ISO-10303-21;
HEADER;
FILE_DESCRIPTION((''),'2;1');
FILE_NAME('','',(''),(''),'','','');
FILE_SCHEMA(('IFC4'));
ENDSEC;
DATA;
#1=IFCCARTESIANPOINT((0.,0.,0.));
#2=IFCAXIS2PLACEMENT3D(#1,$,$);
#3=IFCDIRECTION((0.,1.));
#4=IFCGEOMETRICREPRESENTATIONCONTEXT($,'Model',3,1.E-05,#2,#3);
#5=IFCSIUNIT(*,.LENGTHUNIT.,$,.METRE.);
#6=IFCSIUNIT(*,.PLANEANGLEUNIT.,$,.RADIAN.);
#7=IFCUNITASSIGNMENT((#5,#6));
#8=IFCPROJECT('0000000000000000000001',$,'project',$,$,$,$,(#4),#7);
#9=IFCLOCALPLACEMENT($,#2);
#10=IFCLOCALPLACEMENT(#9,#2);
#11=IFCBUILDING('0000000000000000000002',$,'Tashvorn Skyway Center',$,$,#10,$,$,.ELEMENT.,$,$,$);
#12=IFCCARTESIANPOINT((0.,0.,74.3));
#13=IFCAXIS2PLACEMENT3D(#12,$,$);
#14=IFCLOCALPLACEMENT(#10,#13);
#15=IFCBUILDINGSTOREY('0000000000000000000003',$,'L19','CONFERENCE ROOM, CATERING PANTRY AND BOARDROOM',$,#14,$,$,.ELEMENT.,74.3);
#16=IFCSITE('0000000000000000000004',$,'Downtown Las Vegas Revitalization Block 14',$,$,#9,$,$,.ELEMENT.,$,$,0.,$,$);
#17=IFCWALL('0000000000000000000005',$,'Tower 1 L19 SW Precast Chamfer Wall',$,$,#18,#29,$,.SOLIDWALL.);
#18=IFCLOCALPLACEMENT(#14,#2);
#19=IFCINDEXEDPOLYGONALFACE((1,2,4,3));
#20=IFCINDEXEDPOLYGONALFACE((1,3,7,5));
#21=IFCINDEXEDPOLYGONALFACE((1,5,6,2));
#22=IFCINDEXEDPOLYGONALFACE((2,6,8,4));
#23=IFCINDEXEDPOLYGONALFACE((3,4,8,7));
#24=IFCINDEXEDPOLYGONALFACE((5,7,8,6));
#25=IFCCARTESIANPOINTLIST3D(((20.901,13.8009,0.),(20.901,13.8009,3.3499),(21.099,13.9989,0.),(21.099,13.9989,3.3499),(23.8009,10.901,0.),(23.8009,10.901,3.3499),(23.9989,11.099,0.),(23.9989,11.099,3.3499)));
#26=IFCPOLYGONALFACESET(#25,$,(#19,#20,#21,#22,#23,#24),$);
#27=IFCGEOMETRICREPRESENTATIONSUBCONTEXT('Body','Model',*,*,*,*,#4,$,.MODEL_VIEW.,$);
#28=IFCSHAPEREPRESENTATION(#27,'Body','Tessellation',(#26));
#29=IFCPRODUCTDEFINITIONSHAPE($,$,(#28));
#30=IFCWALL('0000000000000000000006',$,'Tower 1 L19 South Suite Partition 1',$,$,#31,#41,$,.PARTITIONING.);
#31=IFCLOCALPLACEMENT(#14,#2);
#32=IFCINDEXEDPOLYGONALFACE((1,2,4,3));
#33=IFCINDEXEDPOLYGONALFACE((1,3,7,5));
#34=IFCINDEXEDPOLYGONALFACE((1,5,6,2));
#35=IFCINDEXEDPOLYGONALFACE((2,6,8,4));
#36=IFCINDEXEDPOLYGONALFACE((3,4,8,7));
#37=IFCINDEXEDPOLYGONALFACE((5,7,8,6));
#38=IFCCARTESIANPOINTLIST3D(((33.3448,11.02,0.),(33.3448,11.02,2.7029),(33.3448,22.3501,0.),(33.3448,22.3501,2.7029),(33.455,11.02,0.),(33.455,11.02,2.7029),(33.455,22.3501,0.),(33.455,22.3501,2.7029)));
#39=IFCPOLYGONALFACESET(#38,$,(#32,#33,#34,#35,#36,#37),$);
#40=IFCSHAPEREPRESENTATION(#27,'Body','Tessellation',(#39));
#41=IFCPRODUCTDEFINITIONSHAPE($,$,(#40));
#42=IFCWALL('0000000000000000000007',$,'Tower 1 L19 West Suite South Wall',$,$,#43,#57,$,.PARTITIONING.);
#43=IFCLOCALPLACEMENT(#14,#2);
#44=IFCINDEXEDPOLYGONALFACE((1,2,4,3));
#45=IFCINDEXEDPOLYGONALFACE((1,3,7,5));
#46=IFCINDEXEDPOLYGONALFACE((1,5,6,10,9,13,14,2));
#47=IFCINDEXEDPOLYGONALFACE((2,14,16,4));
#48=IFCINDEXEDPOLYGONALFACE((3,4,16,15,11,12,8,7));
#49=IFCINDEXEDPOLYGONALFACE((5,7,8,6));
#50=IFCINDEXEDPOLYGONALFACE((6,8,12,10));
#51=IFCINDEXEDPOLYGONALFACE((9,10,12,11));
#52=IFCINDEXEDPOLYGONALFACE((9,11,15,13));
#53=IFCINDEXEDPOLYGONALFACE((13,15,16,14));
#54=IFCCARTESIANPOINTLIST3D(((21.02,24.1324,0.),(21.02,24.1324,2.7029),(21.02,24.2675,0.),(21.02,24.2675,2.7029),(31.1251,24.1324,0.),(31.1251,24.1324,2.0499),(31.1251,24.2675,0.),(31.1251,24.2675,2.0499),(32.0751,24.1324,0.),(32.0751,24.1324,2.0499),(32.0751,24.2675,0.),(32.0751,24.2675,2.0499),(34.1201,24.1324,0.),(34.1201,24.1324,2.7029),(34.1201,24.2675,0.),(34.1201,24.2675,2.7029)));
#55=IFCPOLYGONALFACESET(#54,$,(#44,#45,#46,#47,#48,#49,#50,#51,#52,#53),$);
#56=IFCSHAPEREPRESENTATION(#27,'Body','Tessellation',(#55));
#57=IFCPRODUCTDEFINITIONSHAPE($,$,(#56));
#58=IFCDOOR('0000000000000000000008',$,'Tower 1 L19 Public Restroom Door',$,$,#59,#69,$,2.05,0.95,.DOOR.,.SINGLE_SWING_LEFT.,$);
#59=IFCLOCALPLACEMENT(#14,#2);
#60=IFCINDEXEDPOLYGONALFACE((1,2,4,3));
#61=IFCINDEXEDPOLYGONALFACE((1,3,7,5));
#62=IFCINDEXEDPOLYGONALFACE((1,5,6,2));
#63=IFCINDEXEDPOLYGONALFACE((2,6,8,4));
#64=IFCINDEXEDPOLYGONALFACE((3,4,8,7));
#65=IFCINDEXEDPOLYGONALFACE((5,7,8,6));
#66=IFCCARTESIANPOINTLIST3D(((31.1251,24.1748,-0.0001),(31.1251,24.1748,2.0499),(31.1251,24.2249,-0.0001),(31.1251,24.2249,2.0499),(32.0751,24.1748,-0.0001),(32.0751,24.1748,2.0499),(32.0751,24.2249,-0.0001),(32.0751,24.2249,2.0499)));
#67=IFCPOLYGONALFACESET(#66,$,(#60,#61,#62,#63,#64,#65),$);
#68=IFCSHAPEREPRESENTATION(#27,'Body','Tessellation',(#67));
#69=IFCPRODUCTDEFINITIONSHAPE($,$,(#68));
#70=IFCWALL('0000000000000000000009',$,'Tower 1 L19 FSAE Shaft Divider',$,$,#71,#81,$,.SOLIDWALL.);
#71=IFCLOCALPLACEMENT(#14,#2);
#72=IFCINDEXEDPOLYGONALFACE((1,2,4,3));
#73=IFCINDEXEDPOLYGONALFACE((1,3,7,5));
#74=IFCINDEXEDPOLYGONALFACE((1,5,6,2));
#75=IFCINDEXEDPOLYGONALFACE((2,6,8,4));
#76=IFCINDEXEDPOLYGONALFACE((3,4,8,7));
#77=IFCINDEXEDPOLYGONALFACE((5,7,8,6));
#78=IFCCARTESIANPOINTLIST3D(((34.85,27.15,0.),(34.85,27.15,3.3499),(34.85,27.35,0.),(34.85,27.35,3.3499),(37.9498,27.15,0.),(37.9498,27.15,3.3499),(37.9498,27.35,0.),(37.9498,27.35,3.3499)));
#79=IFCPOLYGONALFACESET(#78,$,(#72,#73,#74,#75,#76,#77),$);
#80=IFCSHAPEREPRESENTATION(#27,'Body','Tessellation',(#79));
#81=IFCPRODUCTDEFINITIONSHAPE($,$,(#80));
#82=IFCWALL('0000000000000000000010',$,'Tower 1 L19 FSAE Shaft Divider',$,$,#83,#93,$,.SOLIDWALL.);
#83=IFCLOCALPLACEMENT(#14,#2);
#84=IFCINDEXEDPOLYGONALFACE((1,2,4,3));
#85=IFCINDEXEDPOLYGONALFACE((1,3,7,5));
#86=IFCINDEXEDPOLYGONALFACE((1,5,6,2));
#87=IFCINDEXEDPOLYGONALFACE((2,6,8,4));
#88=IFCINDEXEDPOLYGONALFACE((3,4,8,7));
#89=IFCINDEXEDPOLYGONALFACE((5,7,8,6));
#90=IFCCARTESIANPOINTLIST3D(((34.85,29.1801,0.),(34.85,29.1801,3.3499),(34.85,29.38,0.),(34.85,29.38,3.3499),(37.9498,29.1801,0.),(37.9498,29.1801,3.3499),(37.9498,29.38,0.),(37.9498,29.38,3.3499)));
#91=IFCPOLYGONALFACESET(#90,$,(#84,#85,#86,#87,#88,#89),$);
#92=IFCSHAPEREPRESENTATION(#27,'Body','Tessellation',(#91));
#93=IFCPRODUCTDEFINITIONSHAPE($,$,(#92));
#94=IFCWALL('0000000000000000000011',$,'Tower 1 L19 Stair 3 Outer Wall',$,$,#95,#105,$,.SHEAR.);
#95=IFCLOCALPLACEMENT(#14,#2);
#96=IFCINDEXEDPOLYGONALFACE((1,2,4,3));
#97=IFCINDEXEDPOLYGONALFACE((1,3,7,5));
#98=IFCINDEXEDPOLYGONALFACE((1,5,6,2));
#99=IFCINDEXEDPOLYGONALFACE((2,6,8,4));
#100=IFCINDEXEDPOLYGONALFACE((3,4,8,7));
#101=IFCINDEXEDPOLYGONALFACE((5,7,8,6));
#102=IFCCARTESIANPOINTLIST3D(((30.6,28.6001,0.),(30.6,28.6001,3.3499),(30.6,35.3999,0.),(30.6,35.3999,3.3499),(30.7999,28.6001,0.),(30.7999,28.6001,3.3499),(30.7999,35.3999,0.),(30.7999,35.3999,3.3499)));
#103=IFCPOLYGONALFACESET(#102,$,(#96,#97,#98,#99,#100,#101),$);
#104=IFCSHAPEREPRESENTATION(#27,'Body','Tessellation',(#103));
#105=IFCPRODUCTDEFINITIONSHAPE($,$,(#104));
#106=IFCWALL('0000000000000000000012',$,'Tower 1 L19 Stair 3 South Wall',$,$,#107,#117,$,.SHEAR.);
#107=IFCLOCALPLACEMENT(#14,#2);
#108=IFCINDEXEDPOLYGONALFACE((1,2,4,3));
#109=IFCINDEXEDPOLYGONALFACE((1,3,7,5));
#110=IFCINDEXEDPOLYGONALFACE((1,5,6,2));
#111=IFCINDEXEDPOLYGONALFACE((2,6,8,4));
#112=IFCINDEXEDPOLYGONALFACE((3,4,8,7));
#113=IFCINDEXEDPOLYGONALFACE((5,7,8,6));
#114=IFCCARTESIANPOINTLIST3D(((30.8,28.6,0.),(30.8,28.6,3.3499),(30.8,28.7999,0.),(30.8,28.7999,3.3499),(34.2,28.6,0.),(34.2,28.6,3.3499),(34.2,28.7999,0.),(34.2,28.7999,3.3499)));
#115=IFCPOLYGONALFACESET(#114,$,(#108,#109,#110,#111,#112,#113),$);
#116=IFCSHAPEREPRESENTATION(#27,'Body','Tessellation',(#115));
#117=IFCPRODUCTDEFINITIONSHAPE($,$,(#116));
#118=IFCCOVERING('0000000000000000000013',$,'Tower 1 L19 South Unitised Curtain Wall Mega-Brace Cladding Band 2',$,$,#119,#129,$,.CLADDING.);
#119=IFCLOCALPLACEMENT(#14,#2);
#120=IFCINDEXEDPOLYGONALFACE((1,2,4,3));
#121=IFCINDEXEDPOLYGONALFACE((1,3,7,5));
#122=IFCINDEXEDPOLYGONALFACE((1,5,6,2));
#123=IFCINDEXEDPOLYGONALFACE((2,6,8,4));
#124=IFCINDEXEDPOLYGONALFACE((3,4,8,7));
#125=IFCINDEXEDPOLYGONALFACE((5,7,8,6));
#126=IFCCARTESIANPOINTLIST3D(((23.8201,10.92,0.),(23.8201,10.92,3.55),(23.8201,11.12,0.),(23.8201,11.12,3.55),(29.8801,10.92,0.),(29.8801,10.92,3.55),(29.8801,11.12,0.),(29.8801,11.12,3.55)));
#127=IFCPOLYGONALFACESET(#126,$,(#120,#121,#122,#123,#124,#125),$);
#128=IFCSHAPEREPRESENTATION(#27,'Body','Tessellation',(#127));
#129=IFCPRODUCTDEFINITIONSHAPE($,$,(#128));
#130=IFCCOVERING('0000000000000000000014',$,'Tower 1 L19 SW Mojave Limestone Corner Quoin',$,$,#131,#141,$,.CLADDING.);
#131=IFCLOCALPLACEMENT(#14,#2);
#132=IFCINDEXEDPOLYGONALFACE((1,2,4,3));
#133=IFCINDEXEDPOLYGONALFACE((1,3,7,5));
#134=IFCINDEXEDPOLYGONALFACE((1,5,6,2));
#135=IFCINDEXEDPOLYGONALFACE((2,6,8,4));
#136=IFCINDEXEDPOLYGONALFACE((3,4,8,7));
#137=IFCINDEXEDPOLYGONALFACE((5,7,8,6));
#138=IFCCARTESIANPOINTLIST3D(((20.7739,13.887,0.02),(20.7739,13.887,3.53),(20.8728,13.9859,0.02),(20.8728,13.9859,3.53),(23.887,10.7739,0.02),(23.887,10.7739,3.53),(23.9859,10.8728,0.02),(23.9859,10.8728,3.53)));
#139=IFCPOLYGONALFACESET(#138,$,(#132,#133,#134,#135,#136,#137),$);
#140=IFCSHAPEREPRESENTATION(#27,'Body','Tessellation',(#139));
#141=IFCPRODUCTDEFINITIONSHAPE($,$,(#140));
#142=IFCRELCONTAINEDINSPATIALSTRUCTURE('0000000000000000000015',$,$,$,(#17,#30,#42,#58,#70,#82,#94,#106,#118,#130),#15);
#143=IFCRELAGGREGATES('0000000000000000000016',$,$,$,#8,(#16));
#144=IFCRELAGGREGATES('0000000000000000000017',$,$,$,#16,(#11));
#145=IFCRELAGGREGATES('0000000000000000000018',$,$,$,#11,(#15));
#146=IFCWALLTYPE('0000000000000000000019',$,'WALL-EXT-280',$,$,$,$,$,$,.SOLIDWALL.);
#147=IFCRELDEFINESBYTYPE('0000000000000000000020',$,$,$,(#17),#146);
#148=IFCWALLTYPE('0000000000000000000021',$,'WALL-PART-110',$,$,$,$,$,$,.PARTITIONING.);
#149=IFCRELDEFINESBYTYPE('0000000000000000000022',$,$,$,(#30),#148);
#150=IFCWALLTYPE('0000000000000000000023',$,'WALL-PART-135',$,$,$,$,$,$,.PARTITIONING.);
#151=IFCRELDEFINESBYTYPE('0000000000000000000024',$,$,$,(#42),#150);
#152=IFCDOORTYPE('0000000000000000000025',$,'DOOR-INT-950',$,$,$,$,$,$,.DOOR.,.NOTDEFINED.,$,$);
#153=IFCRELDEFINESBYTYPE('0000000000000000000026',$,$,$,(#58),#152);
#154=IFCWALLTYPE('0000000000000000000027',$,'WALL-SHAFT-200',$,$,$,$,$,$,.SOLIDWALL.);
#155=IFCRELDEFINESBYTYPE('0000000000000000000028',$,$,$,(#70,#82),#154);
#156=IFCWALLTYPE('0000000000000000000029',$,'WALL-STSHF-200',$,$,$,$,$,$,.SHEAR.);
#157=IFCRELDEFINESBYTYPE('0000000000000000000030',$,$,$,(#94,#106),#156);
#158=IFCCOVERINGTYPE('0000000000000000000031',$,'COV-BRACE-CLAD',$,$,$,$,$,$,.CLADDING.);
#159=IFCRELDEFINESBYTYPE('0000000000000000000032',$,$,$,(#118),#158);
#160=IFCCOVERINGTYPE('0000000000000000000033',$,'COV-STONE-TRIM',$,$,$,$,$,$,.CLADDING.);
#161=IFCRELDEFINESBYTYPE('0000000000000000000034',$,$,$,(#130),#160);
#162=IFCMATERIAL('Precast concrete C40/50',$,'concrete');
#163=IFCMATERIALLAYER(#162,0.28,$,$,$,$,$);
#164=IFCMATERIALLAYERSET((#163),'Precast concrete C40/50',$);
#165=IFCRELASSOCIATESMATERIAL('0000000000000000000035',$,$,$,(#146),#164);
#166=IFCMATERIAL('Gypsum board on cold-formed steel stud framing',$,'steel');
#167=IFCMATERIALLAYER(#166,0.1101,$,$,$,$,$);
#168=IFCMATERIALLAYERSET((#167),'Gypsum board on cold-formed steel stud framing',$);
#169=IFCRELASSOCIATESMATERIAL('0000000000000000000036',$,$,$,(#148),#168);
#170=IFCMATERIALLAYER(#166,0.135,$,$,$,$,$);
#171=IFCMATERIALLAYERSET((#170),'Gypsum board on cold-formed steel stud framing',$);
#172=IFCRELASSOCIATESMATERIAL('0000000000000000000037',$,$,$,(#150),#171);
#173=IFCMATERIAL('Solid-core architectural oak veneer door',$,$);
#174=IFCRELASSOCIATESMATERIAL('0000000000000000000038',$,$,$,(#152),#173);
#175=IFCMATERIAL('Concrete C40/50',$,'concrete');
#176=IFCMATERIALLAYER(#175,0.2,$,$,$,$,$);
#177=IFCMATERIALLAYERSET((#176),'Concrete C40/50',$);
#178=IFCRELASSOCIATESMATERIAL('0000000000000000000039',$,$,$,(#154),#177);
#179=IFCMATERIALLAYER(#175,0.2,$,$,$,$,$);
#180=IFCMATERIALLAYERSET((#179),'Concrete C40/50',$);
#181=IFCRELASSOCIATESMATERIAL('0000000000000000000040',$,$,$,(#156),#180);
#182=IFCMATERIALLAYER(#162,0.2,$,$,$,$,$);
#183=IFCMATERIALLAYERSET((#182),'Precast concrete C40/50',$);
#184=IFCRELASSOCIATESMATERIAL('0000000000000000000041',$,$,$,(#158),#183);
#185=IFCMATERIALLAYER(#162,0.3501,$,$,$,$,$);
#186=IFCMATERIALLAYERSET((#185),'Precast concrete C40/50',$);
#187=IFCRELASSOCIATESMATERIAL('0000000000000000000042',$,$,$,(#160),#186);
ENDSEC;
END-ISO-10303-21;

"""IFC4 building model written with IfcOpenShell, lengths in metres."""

from ifc_helpers import new_model, si_unit, direction, frame, frame_2d, origin, origin_2d, place, context, subcontext, project, spatial, rectangle, extrude, material, layer, layer_set, type_object, element, fill, save


model = new_model("IFC4")

# Units and contexts
model_context = context("Model", 3, precision=1e-05, world=origin(), true_north=direction((0.0, 1.0)))
body_context = subcontext(model_context, "Body", "Model", "MODEL_VIEW")
ifc_project = project(units=[si_unit("LENGTHUNIT", "METRE"), si_unit("PLANEANGLEUNIT", "RADIAN")], contexts=[model_context])

# Site, building, storey
site_placement = place(None, origin())
site = spatial("IfcSite", under=ifc_project, at=site_placement, Name="Downtown Las Vegas Revitalization Block 14", CompositionType="ELEMENT", RefElevation=0.0)
building_placement = place(site_placement, origin())
building = spatial("IfcBuilding", under=site, at=building_placement, Name="Tashvorn Skyway Center", CompositionType="ELEMENT")
storey_placement = place(building_placement, frame((0.0, 0.0, 74.3)))
storey = spatial("IfcBuildingStorey", under=building, at=storey_placement, Name="L19", Description="CONFERENCE ROOM, CATERING PANTRY AND BOARDROOM", CompositionType="ELEMENT", Elevation=74.3)

# Walls
ifc_material_1 = material(Name="Precast concrete C40/50", Category="concrete")
ifc_layer_1 = layer(ifc_material_1, 0.28)
ifc_layer_set_1 = layer_set([ifc_layer_1], Name="Precast concrete C40/50")
wall_type_1 = type_object("IfcWallType", Name="WALL-EXT-280", PredefinedType="SOLIDWALL", material=ifc_layer_set_1)
wall_1_placement = place(storey_placement, frame((23.8999, 11.0, 0.0), z_axis=(0.0, 0.0, 1.0), x_axis=(-0.707107, 0.707107, 0.0)))
element("IfcWall", 1, at=wall_1_placement, inside=storey, type_object=wall_type_1, Name="Tower 1 L19 SW Precast Chamfer Wall", PredefinedType="SOLIDWALL", context=body_context, shape_type="SweptSolid", body=[
    extrude(rectangle(XDim=4.1011, YDim=0.28, at=frame_2d((2.0505, 0.0))), origin(), (0.0, 0.0, 1.0), 3.3499),
])
ifc_material_2 = material(Name="Gypsum board on cold-formed steel stud framing", Category="steel")
ifc_layer_2 = layer(ifc_material_2, 0.1101)
ifc_layer_set_2 = layer_set([ifc_layer_2], Name="Gypsum board on cold-formed steel stud framing")
wall_type_2 = type_object("IfcWallType", Name="WALL-PART-110", PredefinedType="PARTITIONING", material=ifc_layer_set_2)
wall_2_placement = place(storey_placement, frame((33.3999, 11.02, 0.0), z_axis=(0.0, 0.0, 1.0), x_axis=(0.0, 1.0, 0.0)))
element("IfcWall", 2, at=wall_2_placement, inside=storey, type_object=wall_type_2, Name="Tower 1 L19 South Suite Partition 1", PredefinedType="PARTITIONING", context=body_context, shape_type="SweptSolid", body=[
    extrude(rectangle(XDim=11.3301, YDim=0.1101, at=frame_2d((5.665, 0.0))), origin(), (0.0, 0.0, 1.0), 2.7029),
])

# Wall, opening, door
ifc_layer_3 = layer(ifc_material_2, 0.135)
ifc_layer_set_3 = layer_set([ifc_layer_3], Name="Gypsum board on cold-formed steel stud framing")
wall_type_3 = type_object("IfcWallType", Name="WALL-PART-135", PredefinedType="PARTITIONING", material=ifc_layer_set_3)
wall_3_placement = place(storey_placement, frame((21.02, 24.2, 0.0), z_axis=(0.0, 0.0, 1.0), x_axis=(1.0, 0.0, 0.0)))
wall_3 = element("IfcWall", 3, at=wall_3_placement, inside=storey, type_object=wall_type_3, Name="Tower 1 L19 West Suite South Wall", PredefinedType="PARTITIONING", context=body_context, shape_type="SweptSolid", body=[
    extrude(rectangle(XDim=13.1001, YDim=0.135, at=frame_2d((6.55, 0.0))), origin(), (0.0, 0.0, 1.0), 2.7029),
])
opening_placement = place(wall_3_placement, frame((10.105, 0.0, 0.0)))
opening = element("IfcOpeningElement", 4, at=opening_placement, cuts=wall_3, PredefinedType="OPENING", context=body_context, shape_type="SweptSolid", body=[
    extrude(rectangle(XDim=0.95, YDim=2.05, at=frame_2d((0.4751, 1.0249))), frame((0.0, 0.0774, 0.0), z_axis=(0.0, -1.0, 0.0), x_axis=(1.0, 0.0, 0.0)), (0.0, 0.0, 1.0), 0.155),
])
ifc_material_3 = material(Name="Solid-core architectural oak veneer door")
door_type = type_object("IfcDoorType", Name="DOOR-INT-950", OperationType="NOTDEFINED", PredefinedType="DOOR", material=ifc_material_3)
door_placement = place(opening_placement, origin())
door = element("IfcDoor", 5, at=door_placement, inside=storey, type_object=door_type, Name="Tower 1 L19 Public Restroom Door", OperationType="SINGLE_SWING_LEFT", OverallHeight=2.05, OverallWidth=0.95, PredefinedType="DOOR", context=body_context, shape_type="SweptSolid", body=[
    extrude(rectangle(XDim=0.95, YDim=2.05, at=frame_2d((0.4751, 1.0249))), frame((0.0, 0.0249, 0.0), z_axis=(0.0, -1.0, 0.0), x_axis=(1.0, 0.0, 0.0)), (0.0, 0.0, 1.0), 0.05),
])
fill(opening, door)

# Walls
ifc_material_4 = material(Name="Concrete C40/50", Category="concrete")
ifc_layer_4 = layer(ifc_material_4, 0.2)
ifc_layer_set_4 = layer_set([ifc_layer_4], Name="Concrete C40/50")
wall_type_4 = type_object("IfcWallType", Name="WALL-SHAFT-200", PredefinedType="SOLIDWALL", material=ifc_layer_set_4)
for number, where, z_axis, x_axis, name in (
    (6, (34.8501, 27.25, 0.0), (0.0, 0.0, 1.0), (1.0, 0.0, 0.0), "Tower 1 L19 FSAE Shaft Divider"),
    (7, (34.8501, 29.28, 0.0), (0.0, 0.0, 1.0), (1.0, 0.0, 0.0), "Tower 1 L19 FSAE Shaft Divider"),
):
    element("IfcWall", number, at=place(storey_placement, frame(where, z_axis=z_axis, x_axis=x_axis)), inside=storey, type_object=wall_type_4, Name=name, PredefinedType="SOLIDWALL", context=body_context, shape_type="SweptSolid", body=[
        extrude(rectangle(XDim=3.0999, YDim=0.2, at=frame_2d((1.5498, 0.0))), origin(), (0.0, 0.0, 1.0), 3.3499),
    ])
ifc_layer_5 = layer(ifc_material_4, 0.2)
ifc_layer_set_5 = layer_set([ifc_layer_5], Name="Concrete C40/50")
wall_type_5 = type_object("IfcWallType", Name="WALL-STSHF-200", PredefinedType="SHEAR", material=ifc_layer_set_5)
wall_4_placement = place(storey_placement, frame((30.7, 28.6001, 0.0), z_axis=(0.0, 0.0, 1.0), x_axis=(0.0, 1.0, 0.0)))
element("IfcWall", 8, at=wall_4_placement, inside=storey, type_object=wall_type_5, Name="Tower 1 L19 Stair 3 Outer Wall", PredefinedType="SHEAR", context=body_context, shape_type="SweptSolid", body=[
    extrude(rectangle(XDim=6.7998, YDim=0.2, at=frame_2d((3.3999, 0.0))), origin(), (0.0, 0.0, 1.0), 3.3499),
])
wall_5_placement = place(storey_placement, frame((30.8, 28.7, 0.0), z_axis=(0.0, 0.0, 1.0), x_axis=(1.0, 0.0, 0.0)))
element("IfcWall", 9, at=wall_5_placement, inside=storey, type_object=wall_type_5, Name="Tower 1 L19 Stair 3 South Wall", PredefinedType="SHEAR", context=body_context, shape_type="SweptSolid", body=[
    extrude(rectangle(XDim=3.3999, YDim=0.2, at=frame_2d((1.7, 0.0))), origin(), (0.0, 0.0, 1.0), 3.3499),
])

# Coverings
ifc_layer_6 = layer(ifc_material_1, 0.2)
ifc_layer_set_6 = layer_set([ifc_layer_6], Name="Precast concrete C40/50")
covering_type_1 = type_object("IfcCoveringType", Name="COV-BRACE-CLAD", PredefinedType="CLADDING", material=ifc_layer_set_6)
covering_1_placement = place(storey_placement, frame((26.8501, 11.02, 0.0), z_axis=(0.0, 0.0, 1.0), x_axis=(-1.0, 0.0, 0.0)))
element("IfcCovering", 10, at=covering_1_placement, inside=storey, type_object=covering_type_1, Name="Tower 1 L19 South Unitised Curtain Wall Mega-Brace Cladding Band 2", PredefinedType="CLADDING", context=body_context, shape_type="SweptSolid", body=[
    extrude(rectangle(XDim=6.0601, YDim=0.2, at=origin_2d()), origin(), (0.0, 0.0, 1.0), 3.55),
])
ifc_layer_7 = layer(ifc_material_1, 0.3501)
ifc_layer_set_7 = layer_set([ifc_layer_7], Name="Precast concrete C40/50")
covering_type_2 = type_object("IfcCoveringType", Name="COV-STONE-TRIM", PredefinedType="CLADDING", material=ifc_layer_set_7)
covering_2_placement = place(storey_placement, frame((22.3799, 12.3799, 0.02), z_axis=(0.0, 0.0, 1.0), x_axis=(-0.707107, 0.707107, 0.0)))
element("IfcCovering", 11, at=covering_2_placement, inside=storey, type_object=covering_type_2, Name="Tower 1 L19 SW Mojave Limestone Corner Quoin", PredefinedType="CLADDING", context=body_context, shape_type="SweptSolid", body=[
    extrude(rectangle(XDim=4.4026, YDim=0.1399, at=origin_2d()), origin(), (0.0, 0.0, 1.0), 3.51),
])

save(model, "model.ifc")
